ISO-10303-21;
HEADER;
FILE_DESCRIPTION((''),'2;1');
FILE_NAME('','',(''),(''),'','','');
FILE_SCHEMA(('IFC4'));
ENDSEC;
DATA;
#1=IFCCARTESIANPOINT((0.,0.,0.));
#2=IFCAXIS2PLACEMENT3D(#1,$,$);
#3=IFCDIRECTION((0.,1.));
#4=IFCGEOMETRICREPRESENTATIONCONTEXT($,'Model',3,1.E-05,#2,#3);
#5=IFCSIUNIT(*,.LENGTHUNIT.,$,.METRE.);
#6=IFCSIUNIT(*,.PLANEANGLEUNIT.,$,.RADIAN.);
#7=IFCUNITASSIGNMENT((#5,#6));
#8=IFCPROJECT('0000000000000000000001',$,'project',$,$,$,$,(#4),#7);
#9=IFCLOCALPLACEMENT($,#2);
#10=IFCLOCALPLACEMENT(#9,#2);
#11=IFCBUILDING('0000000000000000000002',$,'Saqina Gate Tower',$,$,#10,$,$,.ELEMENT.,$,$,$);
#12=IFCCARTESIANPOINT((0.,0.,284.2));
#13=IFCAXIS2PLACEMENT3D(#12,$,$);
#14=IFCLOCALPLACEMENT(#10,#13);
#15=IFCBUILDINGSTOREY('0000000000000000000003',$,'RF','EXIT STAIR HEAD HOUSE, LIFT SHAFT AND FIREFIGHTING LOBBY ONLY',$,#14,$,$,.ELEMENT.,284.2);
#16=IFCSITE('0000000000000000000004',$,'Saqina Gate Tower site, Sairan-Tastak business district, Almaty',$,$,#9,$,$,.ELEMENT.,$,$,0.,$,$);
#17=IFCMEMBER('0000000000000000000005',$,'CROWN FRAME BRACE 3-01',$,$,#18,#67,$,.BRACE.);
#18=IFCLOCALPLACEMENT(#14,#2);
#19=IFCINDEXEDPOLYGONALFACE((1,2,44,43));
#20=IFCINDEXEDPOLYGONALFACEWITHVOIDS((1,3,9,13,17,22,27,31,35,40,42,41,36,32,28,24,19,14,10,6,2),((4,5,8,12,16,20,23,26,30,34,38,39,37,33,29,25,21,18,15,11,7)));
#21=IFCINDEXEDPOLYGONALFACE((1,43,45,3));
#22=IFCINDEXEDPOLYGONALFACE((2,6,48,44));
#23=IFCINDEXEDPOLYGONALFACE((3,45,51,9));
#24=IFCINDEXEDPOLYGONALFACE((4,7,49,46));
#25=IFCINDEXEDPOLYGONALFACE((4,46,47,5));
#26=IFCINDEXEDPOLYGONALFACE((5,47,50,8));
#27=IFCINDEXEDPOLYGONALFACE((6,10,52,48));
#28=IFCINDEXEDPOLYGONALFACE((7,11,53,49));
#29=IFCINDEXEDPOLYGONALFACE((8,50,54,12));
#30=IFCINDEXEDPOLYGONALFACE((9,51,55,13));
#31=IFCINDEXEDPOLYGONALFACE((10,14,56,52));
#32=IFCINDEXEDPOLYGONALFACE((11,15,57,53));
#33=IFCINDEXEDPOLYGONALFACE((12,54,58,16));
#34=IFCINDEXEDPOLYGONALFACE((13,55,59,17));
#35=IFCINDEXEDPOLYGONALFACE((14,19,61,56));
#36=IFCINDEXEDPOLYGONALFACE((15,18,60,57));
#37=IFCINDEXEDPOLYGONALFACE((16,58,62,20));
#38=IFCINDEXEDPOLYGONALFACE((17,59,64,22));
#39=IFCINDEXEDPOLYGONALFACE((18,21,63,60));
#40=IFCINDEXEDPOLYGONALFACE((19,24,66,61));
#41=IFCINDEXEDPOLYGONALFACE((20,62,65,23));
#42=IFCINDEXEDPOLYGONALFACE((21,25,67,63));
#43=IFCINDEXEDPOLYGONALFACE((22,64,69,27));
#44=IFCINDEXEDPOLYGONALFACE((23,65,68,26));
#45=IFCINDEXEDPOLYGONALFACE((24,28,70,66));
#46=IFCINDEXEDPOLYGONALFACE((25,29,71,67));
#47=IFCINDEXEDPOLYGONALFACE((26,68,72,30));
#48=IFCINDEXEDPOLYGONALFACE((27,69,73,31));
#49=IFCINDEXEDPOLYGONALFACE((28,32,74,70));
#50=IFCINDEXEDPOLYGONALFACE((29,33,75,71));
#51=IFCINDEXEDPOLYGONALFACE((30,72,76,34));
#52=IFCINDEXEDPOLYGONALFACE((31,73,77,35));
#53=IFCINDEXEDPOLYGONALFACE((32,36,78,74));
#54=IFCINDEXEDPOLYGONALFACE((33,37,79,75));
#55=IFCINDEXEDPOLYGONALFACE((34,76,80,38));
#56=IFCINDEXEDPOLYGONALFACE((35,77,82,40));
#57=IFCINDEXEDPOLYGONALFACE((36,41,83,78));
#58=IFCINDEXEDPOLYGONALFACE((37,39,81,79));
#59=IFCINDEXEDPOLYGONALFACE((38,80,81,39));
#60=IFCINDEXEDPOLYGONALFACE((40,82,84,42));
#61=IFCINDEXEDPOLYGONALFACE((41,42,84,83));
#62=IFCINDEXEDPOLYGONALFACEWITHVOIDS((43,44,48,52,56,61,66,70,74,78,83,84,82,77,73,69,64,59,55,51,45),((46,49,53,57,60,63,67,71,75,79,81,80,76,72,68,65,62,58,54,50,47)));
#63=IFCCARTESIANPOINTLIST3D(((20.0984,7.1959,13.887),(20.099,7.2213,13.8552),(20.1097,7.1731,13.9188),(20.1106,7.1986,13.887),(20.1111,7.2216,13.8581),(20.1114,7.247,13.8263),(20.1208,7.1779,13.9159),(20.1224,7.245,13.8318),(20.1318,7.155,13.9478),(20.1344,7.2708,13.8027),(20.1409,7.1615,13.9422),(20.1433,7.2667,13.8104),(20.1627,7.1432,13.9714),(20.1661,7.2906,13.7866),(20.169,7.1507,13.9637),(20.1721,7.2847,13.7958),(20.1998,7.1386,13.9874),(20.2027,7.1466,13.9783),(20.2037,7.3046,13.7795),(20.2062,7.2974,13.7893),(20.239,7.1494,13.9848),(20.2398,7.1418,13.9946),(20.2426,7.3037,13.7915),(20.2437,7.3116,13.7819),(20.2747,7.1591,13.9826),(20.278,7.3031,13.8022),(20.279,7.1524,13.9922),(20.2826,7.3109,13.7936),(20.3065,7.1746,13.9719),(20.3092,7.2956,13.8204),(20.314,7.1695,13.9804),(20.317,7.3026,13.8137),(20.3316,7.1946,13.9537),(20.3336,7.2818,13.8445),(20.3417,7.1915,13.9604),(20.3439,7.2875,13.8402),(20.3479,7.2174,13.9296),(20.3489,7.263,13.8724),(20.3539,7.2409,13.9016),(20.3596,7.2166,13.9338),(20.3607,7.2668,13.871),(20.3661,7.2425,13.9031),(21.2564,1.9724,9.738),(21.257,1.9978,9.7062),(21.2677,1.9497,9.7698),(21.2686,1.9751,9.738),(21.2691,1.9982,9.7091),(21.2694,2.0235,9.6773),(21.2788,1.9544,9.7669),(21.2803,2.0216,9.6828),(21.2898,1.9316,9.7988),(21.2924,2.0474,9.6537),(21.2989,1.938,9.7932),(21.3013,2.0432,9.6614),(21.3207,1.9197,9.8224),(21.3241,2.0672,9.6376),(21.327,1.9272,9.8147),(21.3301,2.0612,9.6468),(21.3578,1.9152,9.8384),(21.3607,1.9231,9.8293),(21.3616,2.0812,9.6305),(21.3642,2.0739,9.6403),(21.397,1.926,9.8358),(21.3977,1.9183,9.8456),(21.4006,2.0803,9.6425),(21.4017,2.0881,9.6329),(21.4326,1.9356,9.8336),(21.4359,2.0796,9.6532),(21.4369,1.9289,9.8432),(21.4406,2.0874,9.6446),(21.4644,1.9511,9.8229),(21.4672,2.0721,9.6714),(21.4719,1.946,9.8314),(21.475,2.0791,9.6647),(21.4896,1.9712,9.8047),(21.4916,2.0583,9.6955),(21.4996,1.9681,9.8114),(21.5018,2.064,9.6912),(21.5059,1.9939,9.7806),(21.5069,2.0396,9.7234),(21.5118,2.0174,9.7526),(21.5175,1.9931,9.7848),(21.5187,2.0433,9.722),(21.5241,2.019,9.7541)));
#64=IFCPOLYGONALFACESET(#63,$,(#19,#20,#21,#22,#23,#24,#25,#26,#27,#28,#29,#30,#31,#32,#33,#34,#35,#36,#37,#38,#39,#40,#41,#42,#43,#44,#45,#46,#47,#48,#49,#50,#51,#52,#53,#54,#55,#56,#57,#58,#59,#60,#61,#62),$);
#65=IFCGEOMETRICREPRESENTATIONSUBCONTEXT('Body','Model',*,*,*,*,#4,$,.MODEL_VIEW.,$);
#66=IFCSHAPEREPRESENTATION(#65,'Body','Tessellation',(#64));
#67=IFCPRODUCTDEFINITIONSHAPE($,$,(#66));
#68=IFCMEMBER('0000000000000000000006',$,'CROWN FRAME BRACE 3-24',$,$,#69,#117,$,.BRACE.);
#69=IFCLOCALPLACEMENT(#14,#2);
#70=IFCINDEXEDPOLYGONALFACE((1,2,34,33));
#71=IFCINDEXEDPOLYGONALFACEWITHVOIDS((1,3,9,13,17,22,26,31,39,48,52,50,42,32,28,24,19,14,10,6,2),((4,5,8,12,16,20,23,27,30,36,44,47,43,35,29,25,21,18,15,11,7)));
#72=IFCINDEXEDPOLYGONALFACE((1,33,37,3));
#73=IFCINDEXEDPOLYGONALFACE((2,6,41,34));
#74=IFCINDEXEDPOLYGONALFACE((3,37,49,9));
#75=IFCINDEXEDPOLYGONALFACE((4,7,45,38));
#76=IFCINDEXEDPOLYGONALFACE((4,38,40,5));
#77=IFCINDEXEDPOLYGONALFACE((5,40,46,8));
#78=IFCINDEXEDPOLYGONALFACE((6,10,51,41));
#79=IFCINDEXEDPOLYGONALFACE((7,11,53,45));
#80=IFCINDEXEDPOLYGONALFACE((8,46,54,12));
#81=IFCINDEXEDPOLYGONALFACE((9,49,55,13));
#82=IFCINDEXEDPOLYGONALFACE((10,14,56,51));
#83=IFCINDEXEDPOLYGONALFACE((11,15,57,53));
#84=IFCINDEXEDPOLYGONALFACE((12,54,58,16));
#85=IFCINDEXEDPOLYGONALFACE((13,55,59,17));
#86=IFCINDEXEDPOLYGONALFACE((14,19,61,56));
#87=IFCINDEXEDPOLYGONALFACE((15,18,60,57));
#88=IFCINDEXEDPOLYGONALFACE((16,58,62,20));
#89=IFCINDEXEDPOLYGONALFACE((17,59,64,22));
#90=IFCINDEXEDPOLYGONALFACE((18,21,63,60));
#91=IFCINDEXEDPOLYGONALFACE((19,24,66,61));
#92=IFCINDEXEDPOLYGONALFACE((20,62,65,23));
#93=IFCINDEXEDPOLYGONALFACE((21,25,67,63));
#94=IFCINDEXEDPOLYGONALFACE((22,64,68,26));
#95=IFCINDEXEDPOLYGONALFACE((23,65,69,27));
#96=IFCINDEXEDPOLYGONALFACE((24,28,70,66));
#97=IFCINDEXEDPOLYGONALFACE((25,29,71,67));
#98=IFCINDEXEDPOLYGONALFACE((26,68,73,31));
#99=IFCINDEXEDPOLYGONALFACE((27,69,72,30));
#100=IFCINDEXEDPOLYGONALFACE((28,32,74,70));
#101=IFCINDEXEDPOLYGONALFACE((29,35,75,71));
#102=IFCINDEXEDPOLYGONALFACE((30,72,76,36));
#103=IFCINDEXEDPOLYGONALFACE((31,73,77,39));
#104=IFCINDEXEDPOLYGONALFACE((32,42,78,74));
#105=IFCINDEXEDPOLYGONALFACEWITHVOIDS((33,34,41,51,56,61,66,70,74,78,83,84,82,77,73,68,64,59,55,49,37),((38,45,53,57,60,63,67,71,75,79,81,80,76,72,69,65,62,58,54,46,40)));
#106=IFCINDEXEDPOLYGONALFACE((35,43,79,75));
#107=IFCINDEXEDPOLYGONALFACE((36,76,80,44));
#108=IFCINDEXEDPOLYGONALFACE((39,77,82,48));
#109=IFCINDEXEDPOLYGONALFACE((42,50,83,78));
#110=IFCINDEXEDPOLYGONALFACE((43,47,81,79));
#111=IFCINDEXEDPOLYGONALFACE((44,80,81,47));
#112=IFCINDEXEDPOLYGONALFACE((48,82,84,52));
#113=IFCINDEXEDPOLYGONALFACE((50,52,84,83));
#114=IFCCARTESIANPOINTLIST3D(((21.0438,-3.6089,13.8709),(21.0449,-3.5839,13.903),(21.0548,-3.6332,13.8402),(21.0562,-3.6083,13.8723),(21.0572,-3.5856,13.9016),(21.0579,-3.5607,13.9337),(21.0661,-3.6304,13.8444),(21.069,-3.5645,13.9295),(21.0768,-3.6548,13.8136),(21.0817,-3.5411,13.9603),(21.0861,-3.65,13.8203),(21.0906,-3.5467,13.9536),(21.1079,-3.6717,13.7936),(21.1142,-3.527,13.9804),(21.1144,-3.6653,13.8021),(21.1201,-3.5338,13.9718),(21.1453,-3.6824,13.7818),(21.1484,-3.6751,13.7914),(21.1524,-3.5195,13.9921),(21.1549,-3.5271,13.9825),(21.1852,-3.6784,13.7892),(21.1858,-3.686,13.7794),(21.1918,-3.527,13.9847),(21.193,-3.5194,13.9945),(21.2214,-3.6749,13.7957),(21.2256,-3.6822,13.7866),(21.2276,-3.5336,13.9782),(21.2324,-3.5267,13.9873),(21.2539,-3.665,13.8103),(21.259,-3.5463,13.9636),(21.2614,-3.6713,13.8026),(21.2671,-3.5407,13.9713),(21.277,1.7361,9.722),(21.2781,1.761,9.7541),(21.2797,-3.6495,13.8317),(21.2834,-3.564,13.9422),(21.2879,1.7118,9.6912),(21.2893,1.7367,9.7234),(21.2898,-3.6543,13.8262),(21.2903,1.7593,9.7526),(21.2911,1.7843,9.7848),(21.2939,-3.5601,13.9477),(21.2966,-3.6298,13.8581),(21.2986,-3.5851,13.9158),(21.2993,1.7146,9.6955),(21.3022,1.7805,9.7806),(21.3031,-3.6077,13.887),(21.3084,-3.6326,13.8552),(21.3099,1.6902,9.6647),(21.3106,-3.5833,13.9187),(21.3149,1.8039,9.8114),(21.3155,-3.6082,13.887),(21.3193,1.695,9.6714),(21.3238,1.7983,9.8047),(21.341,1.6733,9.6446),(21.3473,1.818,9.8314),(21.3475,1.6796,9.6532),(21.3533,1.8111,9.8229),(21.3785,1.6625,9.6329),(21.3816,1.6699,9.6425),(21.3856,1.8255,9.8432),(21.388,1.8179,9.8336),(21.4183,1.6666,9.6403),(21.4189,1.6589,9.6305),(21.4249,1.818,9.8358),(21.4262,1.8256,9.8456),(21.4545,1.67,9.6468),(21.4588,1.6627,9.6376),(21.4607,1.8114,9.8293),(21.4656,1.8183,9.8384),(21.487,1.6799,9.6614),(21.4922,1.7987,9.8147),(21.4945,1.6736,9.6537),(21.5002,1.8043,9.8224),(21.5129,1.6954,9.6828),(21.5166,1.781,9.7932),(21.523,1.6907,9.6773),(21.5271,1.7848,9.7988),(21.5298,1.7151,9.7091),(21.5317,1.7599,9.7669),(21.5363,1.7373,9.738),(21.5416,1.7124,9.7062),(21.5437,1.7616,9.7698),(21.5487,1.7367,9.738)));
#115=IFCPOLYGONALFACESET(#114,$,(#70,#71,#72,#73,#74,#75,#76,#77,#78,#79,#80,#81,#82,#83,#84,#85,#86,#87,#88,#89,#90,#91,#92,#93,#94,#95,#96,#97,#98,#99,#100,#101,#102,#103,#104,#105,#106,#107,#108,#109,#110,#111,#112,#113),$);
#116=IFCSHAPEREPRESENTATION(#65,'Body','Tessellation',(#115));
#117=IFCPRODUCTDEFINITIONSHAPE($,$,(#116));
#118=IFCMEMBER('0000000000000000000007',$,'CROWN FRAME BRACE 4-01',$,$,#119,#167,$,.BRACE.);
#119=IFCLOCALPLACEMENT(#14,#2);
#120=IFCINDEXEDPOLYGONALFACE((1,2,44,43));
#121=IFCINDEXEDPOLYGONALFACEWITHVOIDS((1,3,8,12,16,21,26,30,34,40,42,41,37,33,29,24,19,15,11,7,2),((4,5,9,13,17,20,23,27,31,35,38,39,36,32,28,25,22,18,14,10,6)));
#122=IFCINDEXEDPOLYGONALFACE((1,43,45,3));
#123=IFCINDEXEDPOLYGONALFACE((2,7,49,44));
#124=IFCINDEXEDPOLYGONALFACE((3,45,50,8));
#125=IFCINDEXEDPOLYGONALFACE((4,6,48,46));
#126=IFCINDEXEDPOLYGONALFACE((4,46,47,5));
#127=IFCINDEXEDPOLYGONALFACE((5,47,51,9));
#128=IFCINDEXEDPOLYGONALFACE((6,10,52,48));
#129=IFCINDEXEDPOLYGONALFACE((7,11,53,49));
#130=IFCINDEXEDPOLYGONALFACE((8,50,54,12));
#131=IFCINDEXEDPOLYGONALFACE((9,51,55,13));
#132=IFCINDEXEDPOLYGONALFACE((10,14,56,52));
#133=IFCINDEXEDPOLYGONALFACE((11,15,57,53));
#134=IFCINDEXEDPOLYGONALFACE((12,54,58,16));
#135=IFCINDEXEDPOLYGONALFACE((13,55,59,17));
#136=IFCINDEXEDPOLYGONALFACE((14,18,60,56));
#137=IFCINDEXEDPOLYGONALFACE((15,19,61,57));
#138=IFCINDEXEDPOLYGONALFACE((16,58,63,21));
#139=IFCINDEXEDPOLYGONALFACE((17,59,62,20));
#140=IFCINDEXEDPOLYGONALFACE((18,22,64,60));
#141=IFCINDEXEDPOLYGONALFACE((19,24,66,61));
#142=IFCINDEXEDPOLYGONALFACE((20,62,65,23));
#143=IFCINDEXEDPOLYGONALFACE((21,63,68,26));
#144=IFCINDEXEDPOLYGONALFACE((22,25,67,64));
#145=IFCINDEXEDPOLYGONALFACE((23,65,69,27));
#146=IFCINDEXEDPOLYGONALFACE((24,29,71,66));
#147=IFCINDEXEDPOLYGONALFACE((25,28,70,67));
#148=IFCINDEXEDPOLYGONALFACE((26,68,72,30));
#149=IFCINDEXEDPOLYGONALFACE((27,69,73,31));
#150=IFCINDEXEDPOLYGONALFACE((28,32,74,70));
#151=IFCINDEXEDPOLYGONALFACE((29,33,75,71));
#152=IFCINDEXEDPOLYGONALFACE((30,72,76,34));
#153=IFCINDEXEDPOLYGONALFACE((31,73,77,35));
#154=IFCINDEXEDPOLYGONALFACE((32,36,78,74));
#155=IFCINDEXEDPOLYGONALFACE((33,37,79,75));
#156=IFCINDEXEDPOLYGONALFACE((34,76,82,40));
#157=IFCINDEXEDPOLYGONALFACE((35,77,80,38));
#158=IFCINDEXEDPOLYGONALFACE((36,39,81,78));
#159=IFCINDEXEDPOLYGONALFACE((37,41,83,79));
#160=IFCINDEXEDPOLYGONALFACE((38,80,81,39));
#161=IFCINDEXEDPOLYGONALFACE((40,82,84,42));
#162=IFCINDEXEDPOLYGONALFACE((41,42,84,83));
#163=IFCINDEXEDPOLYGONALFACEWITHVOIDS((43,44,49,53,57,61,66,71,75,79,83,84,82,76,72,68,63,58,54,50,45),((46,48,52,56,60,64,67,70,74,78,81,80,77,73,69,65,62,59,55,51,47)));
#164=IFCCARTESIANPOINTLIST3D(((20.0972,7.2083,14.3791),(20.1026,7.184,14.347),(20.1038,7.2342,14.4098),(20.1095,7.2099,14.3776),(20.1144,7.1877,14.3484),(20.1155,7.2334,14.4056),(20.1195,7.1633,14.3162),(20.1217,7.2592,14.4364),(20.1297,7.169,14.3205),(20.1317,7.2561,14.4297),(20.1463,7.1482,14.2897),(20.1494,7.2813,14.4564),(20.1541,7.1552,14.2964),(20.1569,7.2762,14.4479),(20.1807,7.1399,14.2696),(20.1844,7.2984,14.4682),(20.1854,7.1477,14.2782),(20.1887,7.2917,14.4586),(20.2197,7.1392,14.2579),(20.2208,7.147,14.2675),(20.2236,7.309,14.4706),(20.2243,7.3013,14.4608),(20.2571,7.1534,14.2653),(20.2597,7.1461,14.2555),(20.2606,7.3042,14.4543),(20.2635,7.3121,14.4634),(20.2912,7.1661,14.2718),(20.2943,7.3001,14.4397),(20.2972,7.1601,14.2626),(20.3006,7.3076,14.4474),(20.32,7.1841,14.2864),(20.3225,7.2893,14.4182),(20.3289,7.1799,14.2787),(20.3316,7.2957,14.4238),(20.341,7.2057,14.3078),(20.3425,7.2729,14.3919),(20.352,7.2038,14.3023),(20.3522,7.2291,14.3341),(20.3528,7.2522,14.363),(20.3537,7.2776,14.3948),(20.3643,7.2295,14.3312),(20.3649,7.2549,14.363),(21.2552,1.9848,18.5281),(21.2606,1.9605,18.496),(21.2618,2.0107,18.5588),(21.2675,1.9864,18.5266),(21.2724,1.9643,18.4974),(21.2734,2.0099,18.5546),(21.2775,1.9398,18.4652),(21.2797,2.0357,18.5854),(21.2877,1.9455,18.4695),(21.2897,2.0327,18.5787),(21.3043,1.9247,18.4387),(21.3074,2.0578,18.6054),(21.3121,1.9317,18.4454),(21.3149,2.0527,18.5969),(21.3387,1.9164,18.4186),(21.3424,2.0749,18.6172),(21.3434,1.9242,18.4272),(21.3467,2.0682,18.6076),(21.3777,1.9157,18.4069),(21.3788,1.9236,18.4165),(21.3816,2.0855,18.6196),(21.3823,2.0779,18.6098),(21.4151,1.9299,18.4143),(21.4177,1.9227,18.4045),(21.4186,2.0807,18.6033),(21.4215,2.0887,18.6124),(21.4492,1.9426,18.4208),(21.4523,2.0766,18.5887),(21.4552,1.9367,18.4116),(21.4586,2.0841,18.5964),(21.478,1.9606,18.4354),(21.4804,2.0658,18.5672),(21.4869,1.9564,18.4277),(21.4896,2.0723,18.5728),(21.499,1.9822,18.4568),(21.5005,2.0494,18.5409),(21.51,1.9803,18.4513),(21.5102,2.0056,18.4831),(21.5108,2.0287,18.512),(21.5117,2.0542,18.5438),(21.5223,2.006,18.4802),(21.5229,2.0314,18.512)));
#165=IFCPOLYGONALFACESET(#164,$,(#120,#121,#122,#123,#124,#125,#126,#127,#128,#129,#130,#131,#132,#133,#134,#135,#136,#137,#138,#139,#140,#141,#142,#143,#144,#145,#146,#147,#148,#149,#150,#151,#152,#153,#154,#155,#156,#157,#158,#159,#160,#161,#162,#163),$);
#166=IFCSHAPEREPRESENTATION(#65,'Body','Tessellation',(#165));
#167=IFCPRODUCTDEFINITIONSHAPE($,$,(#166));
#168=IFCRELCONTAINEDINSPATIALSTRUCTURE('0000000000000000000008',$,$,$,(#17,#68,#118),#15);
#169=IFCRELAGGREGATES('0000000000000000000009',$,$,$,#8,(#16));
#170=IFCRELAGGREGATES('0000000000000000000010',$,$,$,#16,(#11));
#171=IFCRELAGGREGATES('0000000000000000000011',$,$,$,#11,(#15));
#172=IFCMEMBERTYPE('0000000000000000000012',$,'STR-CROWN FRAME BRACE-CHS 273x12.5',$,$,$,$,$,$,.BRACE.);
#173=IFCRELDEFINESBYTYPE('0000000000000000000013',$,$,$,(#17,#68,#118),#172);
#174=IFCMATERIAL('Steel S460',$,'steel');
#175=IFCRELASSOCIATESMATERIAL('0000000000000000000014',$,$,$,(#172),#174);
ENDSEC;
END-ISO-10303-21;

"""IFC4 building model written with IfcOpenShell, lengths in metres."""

from ifc_helpers import new_model, si_unit, direction, frame, origin, origin_2d, place, context, subcontext, project, spatial, hollow_circle, extrude, material, material_profile, profile_set, type_object, element, save


model = new_model("IFC4")

# Units and contexts
model_context = context("Model", 3, precision=1e-05, world=origin(), true_north=direction((0.0, 1.0)))
body_context = subcontext(model_context, "Body", "Model", "MODEL_VIEW")
ifc_project = project(units=[si_unit("LENGTHUNIT", "METRE"), si_unit("PLANEANGLEUNIT", "RADIAN")], contexts=[model_context])

# Site, building, storey
site_placement = place(None, origin())
site = spatial("IfcSite", under=ifc_project, at=site_placement, Name="Saqina Gate Tower site, Sairan-Tastak business district, Almaty", CompositionType="ELEMENT", RefElevation=0.0)
building_placement = place(site_placement, origin())
building = spatial("IfcBuilding", under=site, at=building_placement, Name="Saqina Gate Tower", CompositionType="ELEMENT")
storey_placement = place(building_placement, frame((0.0, 0.0, 284.2)))
storey = spatial("IfcBuildingStorey", under=building, at=storey_placement, Name="RF", Description="EXIT STAIR HEAD HOUSE, LIFT SHAFT AND FIREFIGHTING LOBBY ONLY", CompositionType="ELEMENT", Elevation=284.2)

# Members
ifc_material_1 = material(Name="Steel S460", Category="steel")
ifc_material_profile_1 = material_profile(ifc_material_1, hollow_circle(Radius=0.1365, WallThickness=0.0125, at=origin_2d()), Name="CHS 273x12.5")
ifc_profile_set_1 = profile_set([ifc_material_profile_1], Name="Steel S460")
member_type = type_object("IfcMemberType", Name="STR-CROWN FRAME BRACE-CHS 273x12.5", PredefinedType="BRACE", material=ifc_profile_set_1)
member_1_placement = place(storey_placement, frame((21.3896, 2.002, 9.738), z_axis=(-0.171033, 0.771504, 0.612804), x_axis=(-0.976298, -0.216433, 0.0)))
element("IfcMember", 1, at=member_1_placement, inside=storey, type_object=member_type, Name="CROWN FRAME BRACE 3-01", PredefinedType="BRACE", context=body_context, shape_type="SweptSolid", body=[
    extrude(hollow_circle(Radius=0.1365, WallThickness=0.0125, at=origin_2d()), origin(), (0.0, 0.0, 1.0), 6.7705),
])
member_2_placement = place(storey_placement, frame((21.4124, 1.7427, 9.738), z_axis=(-0.034438, -0.789476, 0.612815), x_axis=(0.99905, -0.04358, 0.0)))
element("IfcMember", 2, at=member_2_placement, inside=storey, type_object=member_type, Name="CROWN FRAME BRACE 3-24", PredefinedType="BRACE", context=body_context, shape_type="SweptSolid", body=[
    extrude(hollow_circle(Radius=0.1365, WallThickness=0.0125, at=origin_2d()), origin(), (0.0, 0.0, 1.0), 6.7703),
])
member_3_placement = place(storey_placement, frame((20.2317, 7.2253, 14.363), z_axis=(0.171033, -0.771504, 0.612804), x_axis=(0.976298, 0.216433, 0.0)))
element("IfcMember", 3, at=member_3_placement, inside=storey, type_object=member_type, Name="CROWN FRAME BRACE 4-01", PredefinedType="BRACE", context=body_context, shape_type="SweptSolid", body=[
    extrude(hollow_circle(Radius=0.1365, WallThickness=0.0125, at=origin_2d()), origin(), (0.0, 0.0, 1.0), 6.7705),
])

save(model, "model.ifc")
